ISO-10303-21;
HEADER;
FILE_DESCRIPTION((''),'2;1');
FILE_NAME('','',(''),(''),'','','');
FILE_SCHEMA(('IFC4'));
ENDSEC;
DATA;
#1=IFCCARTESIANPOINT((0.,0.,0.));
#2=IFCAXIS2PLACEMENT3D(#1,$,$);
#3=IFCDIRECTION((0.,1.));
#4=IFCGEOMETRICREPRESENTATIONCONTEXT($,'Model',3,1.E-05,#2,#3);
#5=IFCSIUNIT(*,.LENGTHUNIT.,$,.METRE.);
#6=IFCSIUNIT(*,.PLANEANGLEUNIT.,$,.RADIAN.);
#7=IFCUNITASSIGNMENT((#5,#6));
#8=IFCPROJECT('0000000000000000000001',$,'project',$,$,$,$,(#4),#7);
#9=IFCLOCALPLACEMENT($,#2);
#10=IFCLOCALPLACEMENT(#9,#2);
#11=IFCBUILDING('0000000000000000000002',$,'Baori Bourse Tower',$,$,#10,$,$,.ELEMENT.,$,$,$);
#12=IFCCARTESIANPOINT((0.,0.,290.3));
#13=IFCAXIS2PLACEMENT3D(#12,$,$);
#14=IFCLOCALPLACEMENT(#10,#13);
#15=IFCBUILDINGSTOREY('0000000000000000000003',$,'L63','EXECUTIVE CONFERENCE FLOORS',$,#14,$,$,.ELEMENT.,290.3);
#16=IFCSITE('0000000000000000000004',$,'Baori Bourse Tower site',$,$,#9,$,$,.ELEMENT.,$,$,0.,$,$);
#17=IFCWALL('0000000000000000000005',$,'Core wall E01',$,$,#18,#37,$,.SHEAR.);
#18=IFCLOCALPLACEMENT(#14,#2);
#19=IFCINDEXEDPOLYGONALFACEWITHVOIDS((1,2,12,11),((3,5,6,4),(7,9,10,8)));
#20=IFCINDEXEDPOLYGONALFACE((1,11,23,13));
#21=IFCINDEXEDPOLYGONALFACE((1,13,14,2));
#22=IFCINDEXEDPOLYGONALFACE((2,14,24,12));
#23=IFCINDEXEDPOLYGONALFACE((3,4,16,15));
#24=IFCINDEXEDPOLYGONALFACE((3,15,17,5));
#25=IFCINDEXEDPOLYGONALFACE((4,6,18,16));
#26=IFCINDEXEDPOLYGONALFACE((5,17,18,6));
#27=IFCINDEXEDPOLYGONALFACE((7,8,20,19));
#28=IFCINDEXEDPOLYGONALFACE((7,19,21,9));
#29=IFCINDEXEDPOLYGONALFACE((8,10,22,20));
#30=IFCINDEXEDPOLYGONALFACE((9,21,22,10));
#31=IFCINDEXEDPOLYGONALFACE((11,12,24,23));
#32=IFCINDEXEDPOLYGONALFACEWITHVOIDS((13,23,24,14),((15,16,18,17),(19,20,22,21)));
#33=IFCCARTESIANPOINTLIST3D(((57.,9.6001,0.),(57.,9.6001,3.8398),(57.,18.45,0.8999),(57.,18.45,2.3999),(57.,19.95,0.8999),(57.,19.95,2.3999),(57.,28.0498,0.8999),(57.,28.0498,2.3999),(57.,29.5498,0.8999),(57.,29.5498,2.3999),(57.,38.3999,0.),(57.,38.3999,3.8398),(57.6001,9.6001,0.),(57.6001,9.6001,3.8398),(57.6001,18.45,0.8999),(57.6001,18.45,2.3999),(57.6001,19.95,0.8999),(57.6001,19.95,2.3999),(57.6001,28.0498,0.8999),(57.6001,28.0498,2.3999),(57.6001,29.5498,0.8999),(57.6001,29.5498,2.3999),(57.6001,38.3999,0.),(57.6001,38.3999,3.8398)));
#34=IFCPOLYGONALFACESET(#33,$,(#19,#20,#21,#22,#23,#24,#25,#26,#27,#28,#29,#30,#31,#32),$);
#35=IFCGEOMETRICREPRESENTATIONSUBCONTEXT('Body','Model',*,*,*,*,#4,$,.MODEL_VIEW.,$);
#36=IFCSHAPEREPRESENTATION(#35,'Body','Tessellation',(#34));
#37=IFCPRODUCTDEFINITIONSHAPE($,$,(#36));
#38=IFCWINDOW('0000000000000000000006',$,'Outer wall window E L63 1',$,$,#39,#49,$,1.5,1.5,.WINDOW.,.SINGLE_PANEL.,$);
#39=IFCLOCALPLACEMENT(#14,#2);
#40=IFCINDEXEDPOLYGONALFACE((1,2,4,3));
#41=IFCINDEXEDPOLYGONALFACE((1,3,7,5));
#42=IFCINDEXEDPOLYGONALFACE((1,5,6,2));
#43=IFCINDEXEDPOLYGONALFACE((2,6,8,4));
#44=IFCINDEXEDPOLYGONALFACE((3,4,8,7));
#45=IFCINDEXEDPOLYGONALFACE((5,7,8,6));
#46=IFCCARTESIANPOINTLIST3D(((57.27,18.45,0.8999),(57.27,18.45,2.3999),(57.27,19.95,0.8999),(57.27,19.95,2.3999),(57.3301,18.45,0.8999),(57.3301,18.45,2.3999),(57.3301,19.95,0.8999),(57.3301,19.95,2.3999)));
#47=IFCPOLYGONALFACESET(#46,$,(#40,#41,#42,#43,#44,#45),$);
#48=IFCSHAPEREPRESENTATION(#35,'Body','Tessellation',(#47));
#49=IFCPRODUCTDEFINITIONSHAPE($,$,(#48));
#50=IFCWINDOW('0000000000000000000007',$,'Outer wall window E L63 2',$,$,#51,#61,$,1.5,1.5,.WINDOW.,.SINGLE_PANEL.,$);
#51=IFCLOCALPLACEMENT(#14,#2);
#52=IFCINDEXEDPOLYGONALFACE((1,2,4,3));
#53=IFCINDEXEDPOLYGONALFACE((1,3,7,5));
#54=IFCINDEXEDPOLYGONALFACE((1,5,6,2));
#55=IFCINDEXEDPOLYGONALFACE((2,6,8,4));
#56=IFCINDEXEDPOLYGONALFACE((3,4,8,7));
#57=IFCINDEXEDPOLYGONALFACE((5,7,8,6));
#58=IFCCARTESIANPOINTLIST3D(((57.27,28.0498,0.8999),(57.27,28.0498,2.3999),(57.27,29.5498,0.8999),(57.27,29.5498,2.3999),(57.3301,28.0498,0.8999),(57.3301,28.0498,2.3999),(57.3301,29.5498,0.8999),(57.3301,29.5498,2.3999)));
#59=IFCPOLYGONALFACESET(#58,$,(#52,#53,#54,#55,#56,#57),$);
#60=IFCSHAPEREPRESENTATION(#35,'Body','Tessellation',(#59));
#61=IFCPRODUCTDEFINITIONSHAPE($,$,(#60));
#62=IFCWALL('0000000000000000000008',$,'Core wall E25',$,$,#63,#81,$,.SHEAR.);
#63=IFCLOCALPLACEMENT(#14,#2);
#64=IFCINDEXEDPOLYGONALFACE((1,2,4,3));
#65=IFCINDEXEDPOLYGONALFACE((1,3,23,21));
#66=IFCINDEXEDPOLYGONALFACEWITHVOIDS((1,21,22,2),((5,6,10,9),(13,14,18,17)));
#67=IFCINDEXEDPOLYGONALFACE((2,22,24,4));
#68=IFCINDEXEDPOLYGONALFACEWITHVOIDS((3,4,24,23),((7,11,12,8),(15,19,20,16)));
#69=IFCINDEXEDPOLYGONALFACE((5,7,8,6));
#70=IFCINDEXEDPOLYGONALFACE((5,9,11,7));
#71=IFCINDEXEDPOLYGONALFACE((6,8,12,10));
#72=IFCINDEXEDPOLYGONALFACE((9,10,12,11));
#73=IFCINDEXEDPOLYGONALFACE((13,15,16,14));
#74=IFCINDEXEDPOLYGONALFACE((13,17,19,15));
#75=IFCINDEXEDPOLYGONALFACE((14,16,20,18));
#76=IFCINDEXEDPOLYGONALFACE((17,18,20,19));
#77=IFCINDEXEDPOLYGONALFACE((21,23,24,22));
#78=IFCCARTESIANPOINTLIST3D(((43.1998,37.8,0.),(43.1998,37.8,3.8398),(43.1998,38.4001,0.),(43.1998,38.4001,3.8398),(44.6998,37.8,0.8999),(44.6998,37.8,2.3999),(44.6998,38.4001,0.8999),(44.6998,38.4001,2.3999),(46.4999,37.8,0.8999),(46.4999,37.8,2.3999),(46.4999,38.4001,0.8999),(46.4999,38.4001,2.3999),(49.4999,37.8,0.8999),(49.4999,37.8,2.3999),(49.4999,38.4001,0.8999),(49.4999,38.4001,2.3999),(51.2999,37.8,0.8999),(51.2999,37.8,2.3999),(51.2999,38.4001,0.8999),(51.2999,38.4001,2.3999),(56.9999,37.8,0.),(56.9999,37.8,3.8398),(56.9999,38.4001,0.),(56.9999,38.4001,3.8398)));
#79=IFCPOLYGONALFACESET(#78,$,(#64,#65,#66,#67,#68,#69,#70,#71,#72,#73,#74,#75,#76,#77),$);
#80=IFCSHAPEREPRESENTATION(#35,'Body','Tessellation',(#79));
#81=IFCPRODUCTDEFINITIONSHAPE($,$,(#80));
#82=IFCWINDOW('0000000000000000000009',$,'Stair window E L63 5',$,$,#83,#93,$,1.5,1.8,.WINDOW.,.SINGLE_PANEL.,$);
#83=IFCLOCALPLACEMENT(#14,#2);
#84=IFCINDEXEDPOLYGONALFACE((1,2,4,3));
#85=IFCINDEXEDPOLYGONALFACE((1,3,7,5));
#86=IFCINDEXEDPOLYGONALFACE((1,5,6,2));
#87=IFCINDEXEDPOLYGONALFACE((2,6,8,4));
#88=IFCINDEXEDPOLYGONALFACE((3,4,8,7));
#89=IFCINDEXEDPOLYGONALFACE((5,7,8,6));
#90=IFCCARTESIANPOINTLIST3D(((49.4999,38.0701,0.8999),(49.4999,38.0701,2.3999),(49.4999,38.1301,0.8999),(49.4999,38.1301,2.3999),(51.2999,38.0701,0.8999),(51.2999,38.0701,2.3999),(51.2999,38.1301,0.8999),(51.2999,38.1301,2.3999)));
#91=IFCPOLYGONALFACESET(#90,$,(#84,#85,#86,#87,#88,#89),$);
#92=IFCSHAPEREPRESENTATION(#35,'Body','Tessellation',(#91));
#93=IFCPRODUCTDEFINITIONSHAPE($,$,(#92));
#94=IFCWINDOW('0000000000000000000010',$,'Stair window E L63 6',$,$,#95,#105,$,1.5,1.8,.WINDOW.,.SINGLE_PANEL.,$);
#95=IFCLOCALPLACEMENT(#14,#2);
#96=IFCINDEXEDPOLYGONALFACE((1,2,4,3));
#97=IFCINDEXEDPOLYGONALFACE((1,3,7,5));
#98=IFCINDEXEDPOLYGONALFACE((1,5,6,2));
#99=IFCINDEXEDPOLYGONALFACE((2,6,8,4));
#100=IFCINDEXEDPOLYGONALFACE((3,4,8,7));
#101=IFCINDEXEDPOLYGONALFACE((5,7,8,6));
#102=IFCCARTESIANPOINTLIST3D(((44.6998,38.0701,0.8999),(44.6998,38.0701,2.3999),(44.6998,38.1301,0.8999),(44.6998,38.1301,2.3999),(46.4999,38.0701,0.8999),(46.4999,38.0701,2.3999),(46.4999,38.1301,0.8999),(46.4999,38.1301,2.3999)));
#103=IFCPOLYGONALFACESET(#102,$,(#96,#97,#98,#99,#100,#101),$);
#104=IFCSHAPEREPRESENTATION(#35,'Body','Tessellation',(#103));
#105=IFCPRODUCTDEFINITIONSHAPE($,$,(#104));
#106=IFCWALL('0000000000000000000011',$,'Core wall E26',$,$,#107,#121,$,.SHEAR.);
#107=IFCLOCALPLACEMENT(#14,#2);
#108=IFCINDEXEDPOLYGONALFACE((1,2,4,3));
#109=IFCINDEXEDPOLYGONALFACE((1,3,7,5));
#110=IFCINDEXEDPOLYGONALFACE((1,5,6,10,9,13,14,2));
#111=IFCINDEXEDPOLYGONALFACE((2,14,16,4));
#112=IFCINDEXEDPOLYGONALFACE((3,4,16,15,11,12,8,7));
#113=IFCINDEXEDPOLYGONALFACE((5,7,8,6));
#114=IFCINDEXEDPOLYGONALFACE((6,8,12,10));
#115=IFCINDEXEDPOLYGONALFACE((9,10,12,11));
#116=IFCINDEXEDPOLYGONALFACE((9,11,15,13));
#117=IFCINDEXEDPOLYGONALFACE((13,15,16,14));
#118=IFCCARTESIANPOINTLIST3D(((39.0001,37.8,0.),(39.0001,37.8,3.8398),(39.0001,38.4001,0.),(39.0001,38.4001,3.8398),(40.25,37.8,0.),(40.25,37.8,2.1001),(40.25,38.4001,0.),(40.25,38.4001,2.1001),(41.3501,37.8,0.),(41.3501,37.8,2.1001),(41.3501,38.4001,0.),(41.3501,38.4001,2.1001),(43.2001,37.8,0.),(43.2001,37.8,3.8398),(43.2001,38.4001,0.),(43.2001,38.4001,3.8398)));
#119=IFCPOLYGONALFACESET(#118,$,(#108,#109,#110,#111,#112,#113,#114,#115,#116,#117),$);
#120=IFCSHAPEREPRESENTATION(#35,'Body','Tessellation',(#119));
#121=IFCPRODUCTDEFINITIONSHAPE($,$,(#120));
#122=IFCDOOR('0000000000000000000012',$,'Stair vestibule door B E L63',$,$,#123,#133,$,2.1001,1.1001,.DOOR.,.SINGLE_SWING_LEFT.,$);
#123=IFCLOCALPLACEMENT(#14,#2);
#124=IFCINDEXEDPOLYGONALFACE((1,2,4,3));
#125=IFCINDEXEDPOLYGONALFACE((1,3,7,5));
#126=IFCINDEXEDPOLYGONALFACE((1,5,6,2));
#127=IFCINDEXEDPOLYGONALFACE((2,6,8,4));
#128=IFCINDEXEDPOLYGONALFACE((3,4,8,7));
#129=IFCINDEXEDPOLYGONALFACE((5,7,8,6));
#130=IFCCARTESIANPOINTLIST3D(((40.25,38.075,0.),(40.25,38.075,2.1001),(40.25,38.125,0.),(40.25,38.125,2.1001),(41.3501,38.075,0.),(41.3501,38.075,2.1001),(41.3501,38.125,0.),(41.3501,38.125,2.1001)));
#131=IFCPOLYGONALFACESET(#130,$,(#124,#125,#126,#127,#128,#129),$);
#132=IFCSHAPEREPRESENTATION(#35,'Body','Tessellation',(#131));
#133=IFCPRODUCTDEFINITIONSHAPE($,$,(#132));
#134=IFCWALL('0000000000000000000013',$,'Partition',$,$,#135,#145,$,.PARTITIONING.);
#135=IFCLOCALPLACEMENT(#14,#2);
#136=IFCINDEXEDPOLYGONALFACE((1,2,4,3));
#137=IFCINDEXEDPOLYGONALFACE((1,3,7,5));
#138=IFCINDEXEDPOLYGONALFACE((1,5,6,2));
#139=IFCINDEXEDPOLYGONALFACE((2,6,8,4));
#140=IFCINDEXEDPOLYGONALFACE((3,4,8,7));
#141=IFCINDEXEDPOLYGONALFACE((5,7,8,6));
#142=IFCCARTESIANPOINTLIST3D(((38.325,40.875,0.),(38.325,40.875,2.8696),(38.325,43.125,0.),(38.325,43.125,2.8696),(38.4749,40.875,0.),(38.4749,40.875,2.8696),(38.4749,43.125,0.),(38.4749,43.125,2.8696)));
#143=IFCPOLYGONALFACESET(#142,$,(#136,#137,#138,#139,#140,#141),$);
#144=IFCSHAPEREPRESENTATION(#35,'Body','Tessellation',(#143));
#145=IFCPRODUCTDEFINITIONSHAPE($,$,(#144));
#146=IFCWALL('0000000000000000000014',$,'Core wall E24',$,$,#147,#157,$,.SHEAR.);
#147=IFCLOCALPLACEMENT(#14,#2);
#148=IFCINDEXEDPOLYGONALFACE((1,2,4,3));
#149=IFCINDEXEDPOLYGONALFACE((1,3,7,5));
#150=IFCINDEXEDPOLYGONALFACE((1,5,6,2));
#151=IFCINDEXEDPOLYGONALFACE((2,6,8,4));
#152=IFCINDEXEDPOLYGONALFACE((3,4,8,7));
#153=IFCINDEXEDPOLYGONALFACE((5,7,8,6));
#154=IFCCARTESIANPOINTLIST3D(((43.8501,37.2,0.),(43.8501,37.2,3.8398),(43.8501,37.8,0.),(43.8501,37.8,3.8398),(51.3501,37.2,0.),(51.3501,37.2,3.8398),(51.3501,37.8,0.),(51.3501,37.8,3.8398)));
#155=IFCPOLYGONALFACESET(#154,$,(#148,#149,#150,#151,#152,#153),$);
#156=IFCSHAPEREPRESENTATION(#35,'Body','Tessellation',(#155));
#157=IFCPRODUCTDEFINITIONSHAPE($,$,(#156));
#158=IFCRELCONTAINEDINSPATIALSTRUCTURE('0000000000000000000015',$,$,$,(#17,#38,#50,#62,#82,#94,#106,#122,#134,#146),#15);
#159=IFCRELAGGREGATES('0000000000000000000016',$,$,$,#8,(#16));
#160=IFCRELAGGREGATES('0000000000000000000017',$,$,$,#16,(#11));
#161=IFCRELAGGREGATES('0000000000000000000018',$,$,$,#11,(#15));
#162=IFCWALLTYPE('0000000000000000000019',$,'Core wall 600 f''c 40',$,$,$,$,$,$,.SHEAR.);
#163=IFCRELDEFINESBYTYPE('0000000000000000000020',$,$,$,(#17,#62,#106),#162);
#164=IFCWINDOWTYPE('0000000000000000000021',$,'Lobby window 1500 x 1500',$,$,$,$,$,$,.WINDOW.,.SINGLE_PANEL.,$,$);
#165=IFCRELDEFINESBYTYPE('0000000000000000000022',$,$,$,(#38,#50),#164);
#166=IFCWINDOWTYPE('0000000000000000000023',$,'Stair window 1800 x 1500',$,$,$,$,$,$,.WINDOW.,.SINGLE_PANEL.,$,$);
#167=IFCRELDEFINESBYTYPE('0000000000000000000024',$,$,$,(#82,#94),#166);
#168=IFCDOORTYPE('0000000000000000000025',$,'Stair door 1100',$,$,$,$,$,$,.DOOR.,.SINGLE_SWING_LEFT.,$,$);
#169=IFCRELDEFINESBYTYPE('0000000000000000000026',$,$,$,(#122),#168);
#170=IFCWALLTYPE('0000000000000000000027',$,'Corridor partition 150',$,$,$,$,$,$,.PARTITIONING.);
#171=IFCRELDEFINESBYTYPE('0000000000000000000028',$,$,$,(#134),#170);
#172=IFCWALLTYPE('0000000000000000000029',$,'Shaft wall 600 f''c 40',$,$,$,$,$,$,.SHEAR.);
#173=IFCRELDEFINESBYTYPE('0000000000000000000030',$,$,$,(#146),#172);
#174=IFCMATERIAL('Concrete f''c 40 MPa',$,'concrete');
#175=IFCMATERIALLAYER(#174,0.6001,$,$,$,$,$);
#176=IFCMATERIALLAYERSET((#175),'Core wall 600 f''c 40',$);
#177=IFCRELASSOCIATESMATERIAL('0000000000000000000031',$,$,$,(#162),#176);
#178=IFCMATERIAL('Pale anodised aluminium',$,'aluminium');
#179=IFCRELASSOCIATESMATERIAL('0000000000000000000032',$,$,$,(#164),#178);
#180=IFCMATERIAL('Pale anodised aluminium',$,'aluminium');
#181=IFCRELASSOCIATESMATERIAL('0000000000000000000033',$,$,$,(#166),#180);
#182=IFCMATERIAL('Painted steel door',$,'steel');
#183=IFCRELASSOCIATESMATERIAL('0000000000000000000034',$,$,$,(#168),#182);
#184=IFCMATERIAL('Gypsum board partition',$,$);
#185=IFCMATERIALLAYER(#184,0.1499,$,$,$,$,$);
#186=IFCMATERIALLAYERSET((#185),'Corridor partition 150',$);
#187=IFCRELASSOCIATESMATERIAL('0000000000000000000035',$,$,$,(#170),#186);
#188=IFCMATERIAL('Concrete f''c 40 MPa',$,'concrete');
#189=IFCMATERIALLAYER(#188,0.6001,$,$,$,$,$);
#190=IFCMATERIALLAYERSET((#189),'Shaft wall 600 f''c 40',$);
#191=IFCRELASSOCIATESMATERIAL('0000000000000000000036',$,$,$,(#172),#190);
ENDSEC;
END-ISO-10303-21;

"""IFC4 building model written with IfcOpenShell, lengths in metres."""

from ifc_helpers import new_model, si_unit, direction, frame, frame_2d, origin, place, context, subcontext, project, spatial, rectangle, extrude, material, layer, layer_set, type_object, element, fill, save


model = new_model("IFC4")

# Units and contexts
model_context = context("Model", 3, precision=1e-05, world=origin(), true_north=direction((0.0, 1.0)))
body_context = subcontext(model_context, "Body", "Model", "MODEL_VIEW")
ifc_project = project(units=[si_unit("LENGTHUNIT", "METRE"), si_unit("PLANEANGLEUNIT", "RADIAN")], contexts=[model_context])

# Site, building, storey
site_placement = place(None, origin())
site = spatial("IfcSite", under=ifc_project, at=site_placement, Name="Baori Bourse Tower site", CompositionType="ELEMENT", RefElevation=0.0)
building_placement = place(site_placement, origin())
building = spatial("IfcBuilding", under=site, at=building_placement, Name="Baori Bourse Tower", CompositionType="ELEMENT")
storey_placement = place(building_placement, frame((0.0, 0.0, 290.3)))
storey = spatial("IfcBuildingStorey", under=building, at=storey_placement, Name="L63", Description="EXECUTIVE CONFERENCE FLOORS", CompositionType="ELEMENT", Elevation=290.3)

# Walls, openings, windows
ifc_material_1 = material(Name="Concrete f'c 40 MPa", Category="concrete")
ifc_layer_1 = layer(ifc_material_1, 0.6001)
ifc_layer_set_1 = layer_set([ifc_layer_1], Name="Core wall 600 f'c 40")
wall_type_1 = type_object("IfcWallType", Name="Core wall 600 f'c 40", PredefinedType="SHEAR", material=ifc_layer_set_1)
wall_1_placement = place(storey_placement, frame((57.3, 38.3999, 0.0), z_axis=(0.0, 0.0, 1.0), x_axis=(0.0, -1.0, 0.0)))
wall_1 = element("IfcWall", 1, at=wall_1_placement, inside=storey, type_object=wall_type_1, Name="Core wall E01", PredefinedType="SHEAR", context=body_context, shape_type="SweptSolid", body=[
    extrude(rectangle(XDim=28.7998, YDim=0.6001, at=frame_2d((14.3999, 0.0))), origin(), (0.0, 0.0, 1.0), 3.8398),
])
opening_1_placement = place(wall_1_placement, frame((18.45, 0.0, 0.8999)))
opening_1 = element("IfcOpeningElement", 2, at=opening_1_placement, cuts=wall_1, PredefinedType="OPENING", context=body_context, shape_type="SweptSolid", body=[
    extrude(rectangle(XDim=1.5, YDim=1.5, at=frame_2d((0.75, 0.75))), frame((0.0, 0.3101, 0.0), z_axis=(0.0, -1.0, 0.0), x_axis=(1.0, 0.0, 0.0)), (0.0, 0.0, 1.0), 0.6201),
])
opening_2_placement = place(wall_1_placement, frame((8.8501, 0.0, 0.8999)))
opening_2 = element("IfcOpeningElement", 3, at=opening_2_placement, cuts=wall_1, PredefinedType="OPENING", context=body_context, shape_type="SweptSolid", body=[
    extrude(rectangle(XDim=1.5, YDim=1.5, at=frame_2d((0.75, 0.75))), frame((0.0, 0.3101, 0.0), z_axis=(0.0, -1.0, 0.0), x_axis=(1.0, 0.0, 0.0)), (0.0, 0.0, 1.0), 0.6201),
])
ifc_material_2 = material(Name="Pale anodised aluminium", Category="aluminium")
window_type_1 = type_object("IfcWindowType", Name="Lobby window 1500 x 1500", PartitioningType="SINGLE_PANEL", PredefinedType="WINDOW", material=ifc_material_2)
window_1_placement = place(opening_1_placement, origin())
window_1 = element("IfcWindow", 4, at=window_1_placement, inside=storey, type_object=window_type_1, Name="Outer wall window E L63 1", OverallHeight=1.5, OverallWidth=1.5, PartitioningType="SINGLE_PANEL", PredefinedType="WINDOW", context=body_context, shape_type="SweptSolid", body=[
    extrude(rectangle(XDim=1.5, YDim=1.5, at=frame_2d((0.75, 0.75))), frame((0.0, 0.03, 0.0), z_axis=(0.0, -1.0, 0.0), x_axis=(1.0, 0.0, 0.0)), (0.0, 0.0, 1.0), 0.0601),
])
fill(opening_1, window_1)
window_2_placement = place(opening_2_placement, origin())
window_2 = element("IfcWindow", 5, at=window_2_placement, inside=storey, type_object=window_type_1, Name="Outer wall window E L63 2", OverallHeight=1.5, OverallWidth=1.5, PartitioningType="SINGLE_PANEL", PredefinedType="WINDOW", context=body_context, shape_type="SweptSolid", body=[
    extrude(rectangle(XDim=1.5, YDim=1.5, at=frame_2d((0.75, 0.75))), frame((0.0, 0.03, 0.0), z_axis=(0.0, -1.0, 0.0), x_axis=(1.0, 0.0, 0.0)), (0.0, 0.0, 1.0), 0.0601),
])
fill(opening_2, window_2)
wall_2_placement = place(storey_placement, frame((43.2, 38.1001, 0.0), z_axis=(0.0, 0.0, 1.0), x_axis=(1.0, 0.0, 0.0)))
wall_2 = element("IfcWall", 6, at=wall_2_placement, inside=storey, type_object=wall_type_1, Name="Core wall E25", PredefinedType="SHEAR", context=body_context, shape_type="SweptSolid", body=[
    extrude(rectangle(XDim=13.8, YDim=0.6001, at=frame_2d((6.8999, 0.0))), origin(), (0.0, 0.0, 1.0), 3.8398),
])
opening_3_placement = place(wall_2_placement, frame((6.3, 0.0, 0.8999)))
opening_3 = element("IfcOpeningElement", 7, at=opening_3_placement, cuts=wall_2, PredefinedType="OPENING", context=body_context, shape_type="SweptSolid", body=[
    extrude(rectangle(XDim=1.8, YDim=1.5, at=frame_2d((0.8999, 0.75))), frame((0.0, 0.3101, 0.0), z_axis=(0.0, -1.0, 0.0), x_axis=(1.0, 0.0, 0.0)), (0.0, 0.0, 1.0), 0.6201),
])
opening_4_placement = place(wall_2_placement, frame((1.5, 0.0, 0.8999)))
opening_4 = element("IfcOpeningElement", 8, at=opening_4_placement, cuts=wall_2, PredefinedType="OPENING", context=body_context, shape_type="SweptSolid", body=[
    extrude(rectangle(XDim=1.8, YDim=1.5, at=frame_2d((0.8999, 0.75))), frame((0.0, 0.3101, 0.0), z_axis=(0.0, -1.0, 0.0), x_axis=(1.0, 0.0, 0.0)), (0.0, 0.0, 1.0), 0.6201),
])
ifc_material_3 = material(Name="Pale anodised aluminium", Category="aluminium")
window_type_2 = type_object("IfcWindowType", Name="Stair window 1800 x 1500", PartitioningType="SINGLE_PANEL", PredefinedType="WINDOW", material=ifc_material_3)
window_3_placement = place(opening_3_placement, origin())
window_3 = element("IfcWindow", 9, at=window_3_placement, inside=storey, type_object=window_type_2, Name="Stair window E L63 5", OverallHeight=1.5, OverallWidth=1.8, PartitioningType="SINGLE_PANEL", PredefinedType="WINDOW", context=body_context, shape_type="SweptSolid", body=[
    extrude(rectangle(XDim=1.8, YDim=1.5, at=frame_2d((0.8999, 0.75))), frame((0.0, 0.03, 0.0), z_axis=(0.0, -1.0, 0.0), x_axis=(1.0, 0.0, 0.0)), (0.0, 0.0, 1.0), 0.0601),
])
fill(opening_3, window_3)
window_4_placement = place(opening_4_placement, origin())
window_4 = element("IfcWindow", 10, at=window_4_placement, inside=storey, type_object=window_type_2, Name="Stair window E L63 6", OverallHeight=1.5, OverallWidth=1.8, PartitioningType="SINGLE_PANEL", PredefinedType="WINDOW", context=body_context, shape_type="SweptSolid", body=[
    extrude(rectangle(XDim=1.8, YDim=1.5, at=frame_2d((0.8999, 0.75))), frame((0.0, 0.03, 0.0), z_axis=(0.0, -1.0, 0.0), x_axis=(1.0, 0.0, 0.0)), (0.0, 0.0, 1.0), 0.0601),
])
fill(opening_4, window_4)

# Wall, opening, door
wall_3_placement = place(storey_placement, frame((39.0, 38.1001, 0.0), z_axis=(0.0, 0.0, 1.0), x_axis=(1.0, 0.0, 0.0)))
wall_3 = element("IfcWall", 11, at=wall_3_placement, inside=storey, type_object=wall_type_1, Name="Core wall E26", PredefinedType="SHEAR", context=body_context, shape_type="SweptSolid", body=[
    extrude(rectangle(XDim=4.2, YDim=0.6001, at=frame_2d((2.1001, 0.0))), origin(), (0.0, 0.0, 1.0), 3.8398),
])
opening_5_placement = place(wall_3_placement, frame((1.25, 0.0, 0.0)))
opening_5 = element("IfcOpeningElement", 12, at=opening_5_placement, cuts=wall_3, PredefinedType="OPENING", context=body_context, shape_type="SweptSolid", body=[
    extrude(rectangle(XDim=1.1001, YDim=2.1001, at=frame_2d((0.55, 1.05))), frame((0.0, 0.3101, 0.0), z_axis=(0.0, -1.0, 0.0), x_axis=(1.0, 0.0, 0.0)), (0.0, 0.0, 1.0), 0.6201),
])
ifc_material_4 = material(Name="Painted steel door", Category="steel")
door_type = type_object("IfcDoorType", Name="Stair door 1100", OperationType="SINGLE_SWING_LEFT", PredefinedType="DOOR", material=ifc_material_4)
door_placement = place(opening_5_placement, origin())
door = element("IfcDoor", 13, at=door_placement, inside=storey, type_object=door_type, Name="Stair vestibule door B E L63", OperationType="SINGLE_SWING_LEFT", OverallHeight=2.1001, OverallWidth=1.1001, PredefinedType="DOOR", context=body_context, shape_type="SweptSolid", body=[
    extrude(rectangle(XDim=1.1001, YDim=2.1001, at=frame_2d((0.55, 1.05))), frame((0.0, 0.0249, 0.0), z_axis=(0.0, -1.0, 0.0), x_axis=(1.0, 0.0, 0.0)), (0.0, 0.0, 1.0), 0.05),
])
fill(opening_5, door)

# Walls
ifc_material_5 = material(Name="Gypsum board partition")
ifc_layer_2 = layer(ifc_material_5, 0.1499)
ifc_layer_set_2 = layer_set([ifc_layer_2], Name="Corridor partition 150")
wall_type_2 = type_object("IfcWallType", Name="Corridor partition 150", PredefinedType="PARTITIONING", material=ifc_layer_set_2)
wall_4_placement = place(storey_placement, frame((38.3999, 40.875, 0.0), z_axis=(0.0, 0.0, 1.0), x_axis=(0.0, 1.0, 0.0)))
element("IfcWall", 14, at=wall_4_placement, inside=storey, type_object=wall_type_2, Name="Partition", PredefinedType="PARTITIONING", context=body_context, shape_type="SweptSolid", body=[
    extrude(rectangle(XDim=2.25, YDim=0.1499, at=frame_2d((1.125, 0.0))), origin(), (0.0, 0.0, 1.0), 2.8696),
])
ifc_material_6 = material(Name="Concrete f'c 40 MPa", Category="concrete")
ifc_layer_3 = layer(ifc_material_6, 0.6001)
ifc_layer_set_3 = layer_set([ifc_layer_3], Name="Shaft wall 600 f'c 40")
wall_type_3 = type_object("IfcWallType", Name="Shaft wall 600 f'c 40", PredefinedType="SHEAR", material=ifc_layer_set_3)
wall_5_placement = place(storey_placement, frame((43.8501, 37.5, 0.0), z_axis=(0.0, 0.0, 1.0), x_axis=(1.0, 0.0, 0.0)))
element("IfcWall", 15, at=wall_5_placement, inside=storey, type_object=wall_type_3, Name="Core wall E24", PredefinedType="SHEAR", context=body_context, shape_type="SweptSolid", body=[
    extrude(rectangle(XDim=7.5, YDim=0.6001, at=frame_2d((3.75, 0.0))), origin(), (0.0, 0.0, 1.0), 3.8398),
])

save(model, "model.ifc")
